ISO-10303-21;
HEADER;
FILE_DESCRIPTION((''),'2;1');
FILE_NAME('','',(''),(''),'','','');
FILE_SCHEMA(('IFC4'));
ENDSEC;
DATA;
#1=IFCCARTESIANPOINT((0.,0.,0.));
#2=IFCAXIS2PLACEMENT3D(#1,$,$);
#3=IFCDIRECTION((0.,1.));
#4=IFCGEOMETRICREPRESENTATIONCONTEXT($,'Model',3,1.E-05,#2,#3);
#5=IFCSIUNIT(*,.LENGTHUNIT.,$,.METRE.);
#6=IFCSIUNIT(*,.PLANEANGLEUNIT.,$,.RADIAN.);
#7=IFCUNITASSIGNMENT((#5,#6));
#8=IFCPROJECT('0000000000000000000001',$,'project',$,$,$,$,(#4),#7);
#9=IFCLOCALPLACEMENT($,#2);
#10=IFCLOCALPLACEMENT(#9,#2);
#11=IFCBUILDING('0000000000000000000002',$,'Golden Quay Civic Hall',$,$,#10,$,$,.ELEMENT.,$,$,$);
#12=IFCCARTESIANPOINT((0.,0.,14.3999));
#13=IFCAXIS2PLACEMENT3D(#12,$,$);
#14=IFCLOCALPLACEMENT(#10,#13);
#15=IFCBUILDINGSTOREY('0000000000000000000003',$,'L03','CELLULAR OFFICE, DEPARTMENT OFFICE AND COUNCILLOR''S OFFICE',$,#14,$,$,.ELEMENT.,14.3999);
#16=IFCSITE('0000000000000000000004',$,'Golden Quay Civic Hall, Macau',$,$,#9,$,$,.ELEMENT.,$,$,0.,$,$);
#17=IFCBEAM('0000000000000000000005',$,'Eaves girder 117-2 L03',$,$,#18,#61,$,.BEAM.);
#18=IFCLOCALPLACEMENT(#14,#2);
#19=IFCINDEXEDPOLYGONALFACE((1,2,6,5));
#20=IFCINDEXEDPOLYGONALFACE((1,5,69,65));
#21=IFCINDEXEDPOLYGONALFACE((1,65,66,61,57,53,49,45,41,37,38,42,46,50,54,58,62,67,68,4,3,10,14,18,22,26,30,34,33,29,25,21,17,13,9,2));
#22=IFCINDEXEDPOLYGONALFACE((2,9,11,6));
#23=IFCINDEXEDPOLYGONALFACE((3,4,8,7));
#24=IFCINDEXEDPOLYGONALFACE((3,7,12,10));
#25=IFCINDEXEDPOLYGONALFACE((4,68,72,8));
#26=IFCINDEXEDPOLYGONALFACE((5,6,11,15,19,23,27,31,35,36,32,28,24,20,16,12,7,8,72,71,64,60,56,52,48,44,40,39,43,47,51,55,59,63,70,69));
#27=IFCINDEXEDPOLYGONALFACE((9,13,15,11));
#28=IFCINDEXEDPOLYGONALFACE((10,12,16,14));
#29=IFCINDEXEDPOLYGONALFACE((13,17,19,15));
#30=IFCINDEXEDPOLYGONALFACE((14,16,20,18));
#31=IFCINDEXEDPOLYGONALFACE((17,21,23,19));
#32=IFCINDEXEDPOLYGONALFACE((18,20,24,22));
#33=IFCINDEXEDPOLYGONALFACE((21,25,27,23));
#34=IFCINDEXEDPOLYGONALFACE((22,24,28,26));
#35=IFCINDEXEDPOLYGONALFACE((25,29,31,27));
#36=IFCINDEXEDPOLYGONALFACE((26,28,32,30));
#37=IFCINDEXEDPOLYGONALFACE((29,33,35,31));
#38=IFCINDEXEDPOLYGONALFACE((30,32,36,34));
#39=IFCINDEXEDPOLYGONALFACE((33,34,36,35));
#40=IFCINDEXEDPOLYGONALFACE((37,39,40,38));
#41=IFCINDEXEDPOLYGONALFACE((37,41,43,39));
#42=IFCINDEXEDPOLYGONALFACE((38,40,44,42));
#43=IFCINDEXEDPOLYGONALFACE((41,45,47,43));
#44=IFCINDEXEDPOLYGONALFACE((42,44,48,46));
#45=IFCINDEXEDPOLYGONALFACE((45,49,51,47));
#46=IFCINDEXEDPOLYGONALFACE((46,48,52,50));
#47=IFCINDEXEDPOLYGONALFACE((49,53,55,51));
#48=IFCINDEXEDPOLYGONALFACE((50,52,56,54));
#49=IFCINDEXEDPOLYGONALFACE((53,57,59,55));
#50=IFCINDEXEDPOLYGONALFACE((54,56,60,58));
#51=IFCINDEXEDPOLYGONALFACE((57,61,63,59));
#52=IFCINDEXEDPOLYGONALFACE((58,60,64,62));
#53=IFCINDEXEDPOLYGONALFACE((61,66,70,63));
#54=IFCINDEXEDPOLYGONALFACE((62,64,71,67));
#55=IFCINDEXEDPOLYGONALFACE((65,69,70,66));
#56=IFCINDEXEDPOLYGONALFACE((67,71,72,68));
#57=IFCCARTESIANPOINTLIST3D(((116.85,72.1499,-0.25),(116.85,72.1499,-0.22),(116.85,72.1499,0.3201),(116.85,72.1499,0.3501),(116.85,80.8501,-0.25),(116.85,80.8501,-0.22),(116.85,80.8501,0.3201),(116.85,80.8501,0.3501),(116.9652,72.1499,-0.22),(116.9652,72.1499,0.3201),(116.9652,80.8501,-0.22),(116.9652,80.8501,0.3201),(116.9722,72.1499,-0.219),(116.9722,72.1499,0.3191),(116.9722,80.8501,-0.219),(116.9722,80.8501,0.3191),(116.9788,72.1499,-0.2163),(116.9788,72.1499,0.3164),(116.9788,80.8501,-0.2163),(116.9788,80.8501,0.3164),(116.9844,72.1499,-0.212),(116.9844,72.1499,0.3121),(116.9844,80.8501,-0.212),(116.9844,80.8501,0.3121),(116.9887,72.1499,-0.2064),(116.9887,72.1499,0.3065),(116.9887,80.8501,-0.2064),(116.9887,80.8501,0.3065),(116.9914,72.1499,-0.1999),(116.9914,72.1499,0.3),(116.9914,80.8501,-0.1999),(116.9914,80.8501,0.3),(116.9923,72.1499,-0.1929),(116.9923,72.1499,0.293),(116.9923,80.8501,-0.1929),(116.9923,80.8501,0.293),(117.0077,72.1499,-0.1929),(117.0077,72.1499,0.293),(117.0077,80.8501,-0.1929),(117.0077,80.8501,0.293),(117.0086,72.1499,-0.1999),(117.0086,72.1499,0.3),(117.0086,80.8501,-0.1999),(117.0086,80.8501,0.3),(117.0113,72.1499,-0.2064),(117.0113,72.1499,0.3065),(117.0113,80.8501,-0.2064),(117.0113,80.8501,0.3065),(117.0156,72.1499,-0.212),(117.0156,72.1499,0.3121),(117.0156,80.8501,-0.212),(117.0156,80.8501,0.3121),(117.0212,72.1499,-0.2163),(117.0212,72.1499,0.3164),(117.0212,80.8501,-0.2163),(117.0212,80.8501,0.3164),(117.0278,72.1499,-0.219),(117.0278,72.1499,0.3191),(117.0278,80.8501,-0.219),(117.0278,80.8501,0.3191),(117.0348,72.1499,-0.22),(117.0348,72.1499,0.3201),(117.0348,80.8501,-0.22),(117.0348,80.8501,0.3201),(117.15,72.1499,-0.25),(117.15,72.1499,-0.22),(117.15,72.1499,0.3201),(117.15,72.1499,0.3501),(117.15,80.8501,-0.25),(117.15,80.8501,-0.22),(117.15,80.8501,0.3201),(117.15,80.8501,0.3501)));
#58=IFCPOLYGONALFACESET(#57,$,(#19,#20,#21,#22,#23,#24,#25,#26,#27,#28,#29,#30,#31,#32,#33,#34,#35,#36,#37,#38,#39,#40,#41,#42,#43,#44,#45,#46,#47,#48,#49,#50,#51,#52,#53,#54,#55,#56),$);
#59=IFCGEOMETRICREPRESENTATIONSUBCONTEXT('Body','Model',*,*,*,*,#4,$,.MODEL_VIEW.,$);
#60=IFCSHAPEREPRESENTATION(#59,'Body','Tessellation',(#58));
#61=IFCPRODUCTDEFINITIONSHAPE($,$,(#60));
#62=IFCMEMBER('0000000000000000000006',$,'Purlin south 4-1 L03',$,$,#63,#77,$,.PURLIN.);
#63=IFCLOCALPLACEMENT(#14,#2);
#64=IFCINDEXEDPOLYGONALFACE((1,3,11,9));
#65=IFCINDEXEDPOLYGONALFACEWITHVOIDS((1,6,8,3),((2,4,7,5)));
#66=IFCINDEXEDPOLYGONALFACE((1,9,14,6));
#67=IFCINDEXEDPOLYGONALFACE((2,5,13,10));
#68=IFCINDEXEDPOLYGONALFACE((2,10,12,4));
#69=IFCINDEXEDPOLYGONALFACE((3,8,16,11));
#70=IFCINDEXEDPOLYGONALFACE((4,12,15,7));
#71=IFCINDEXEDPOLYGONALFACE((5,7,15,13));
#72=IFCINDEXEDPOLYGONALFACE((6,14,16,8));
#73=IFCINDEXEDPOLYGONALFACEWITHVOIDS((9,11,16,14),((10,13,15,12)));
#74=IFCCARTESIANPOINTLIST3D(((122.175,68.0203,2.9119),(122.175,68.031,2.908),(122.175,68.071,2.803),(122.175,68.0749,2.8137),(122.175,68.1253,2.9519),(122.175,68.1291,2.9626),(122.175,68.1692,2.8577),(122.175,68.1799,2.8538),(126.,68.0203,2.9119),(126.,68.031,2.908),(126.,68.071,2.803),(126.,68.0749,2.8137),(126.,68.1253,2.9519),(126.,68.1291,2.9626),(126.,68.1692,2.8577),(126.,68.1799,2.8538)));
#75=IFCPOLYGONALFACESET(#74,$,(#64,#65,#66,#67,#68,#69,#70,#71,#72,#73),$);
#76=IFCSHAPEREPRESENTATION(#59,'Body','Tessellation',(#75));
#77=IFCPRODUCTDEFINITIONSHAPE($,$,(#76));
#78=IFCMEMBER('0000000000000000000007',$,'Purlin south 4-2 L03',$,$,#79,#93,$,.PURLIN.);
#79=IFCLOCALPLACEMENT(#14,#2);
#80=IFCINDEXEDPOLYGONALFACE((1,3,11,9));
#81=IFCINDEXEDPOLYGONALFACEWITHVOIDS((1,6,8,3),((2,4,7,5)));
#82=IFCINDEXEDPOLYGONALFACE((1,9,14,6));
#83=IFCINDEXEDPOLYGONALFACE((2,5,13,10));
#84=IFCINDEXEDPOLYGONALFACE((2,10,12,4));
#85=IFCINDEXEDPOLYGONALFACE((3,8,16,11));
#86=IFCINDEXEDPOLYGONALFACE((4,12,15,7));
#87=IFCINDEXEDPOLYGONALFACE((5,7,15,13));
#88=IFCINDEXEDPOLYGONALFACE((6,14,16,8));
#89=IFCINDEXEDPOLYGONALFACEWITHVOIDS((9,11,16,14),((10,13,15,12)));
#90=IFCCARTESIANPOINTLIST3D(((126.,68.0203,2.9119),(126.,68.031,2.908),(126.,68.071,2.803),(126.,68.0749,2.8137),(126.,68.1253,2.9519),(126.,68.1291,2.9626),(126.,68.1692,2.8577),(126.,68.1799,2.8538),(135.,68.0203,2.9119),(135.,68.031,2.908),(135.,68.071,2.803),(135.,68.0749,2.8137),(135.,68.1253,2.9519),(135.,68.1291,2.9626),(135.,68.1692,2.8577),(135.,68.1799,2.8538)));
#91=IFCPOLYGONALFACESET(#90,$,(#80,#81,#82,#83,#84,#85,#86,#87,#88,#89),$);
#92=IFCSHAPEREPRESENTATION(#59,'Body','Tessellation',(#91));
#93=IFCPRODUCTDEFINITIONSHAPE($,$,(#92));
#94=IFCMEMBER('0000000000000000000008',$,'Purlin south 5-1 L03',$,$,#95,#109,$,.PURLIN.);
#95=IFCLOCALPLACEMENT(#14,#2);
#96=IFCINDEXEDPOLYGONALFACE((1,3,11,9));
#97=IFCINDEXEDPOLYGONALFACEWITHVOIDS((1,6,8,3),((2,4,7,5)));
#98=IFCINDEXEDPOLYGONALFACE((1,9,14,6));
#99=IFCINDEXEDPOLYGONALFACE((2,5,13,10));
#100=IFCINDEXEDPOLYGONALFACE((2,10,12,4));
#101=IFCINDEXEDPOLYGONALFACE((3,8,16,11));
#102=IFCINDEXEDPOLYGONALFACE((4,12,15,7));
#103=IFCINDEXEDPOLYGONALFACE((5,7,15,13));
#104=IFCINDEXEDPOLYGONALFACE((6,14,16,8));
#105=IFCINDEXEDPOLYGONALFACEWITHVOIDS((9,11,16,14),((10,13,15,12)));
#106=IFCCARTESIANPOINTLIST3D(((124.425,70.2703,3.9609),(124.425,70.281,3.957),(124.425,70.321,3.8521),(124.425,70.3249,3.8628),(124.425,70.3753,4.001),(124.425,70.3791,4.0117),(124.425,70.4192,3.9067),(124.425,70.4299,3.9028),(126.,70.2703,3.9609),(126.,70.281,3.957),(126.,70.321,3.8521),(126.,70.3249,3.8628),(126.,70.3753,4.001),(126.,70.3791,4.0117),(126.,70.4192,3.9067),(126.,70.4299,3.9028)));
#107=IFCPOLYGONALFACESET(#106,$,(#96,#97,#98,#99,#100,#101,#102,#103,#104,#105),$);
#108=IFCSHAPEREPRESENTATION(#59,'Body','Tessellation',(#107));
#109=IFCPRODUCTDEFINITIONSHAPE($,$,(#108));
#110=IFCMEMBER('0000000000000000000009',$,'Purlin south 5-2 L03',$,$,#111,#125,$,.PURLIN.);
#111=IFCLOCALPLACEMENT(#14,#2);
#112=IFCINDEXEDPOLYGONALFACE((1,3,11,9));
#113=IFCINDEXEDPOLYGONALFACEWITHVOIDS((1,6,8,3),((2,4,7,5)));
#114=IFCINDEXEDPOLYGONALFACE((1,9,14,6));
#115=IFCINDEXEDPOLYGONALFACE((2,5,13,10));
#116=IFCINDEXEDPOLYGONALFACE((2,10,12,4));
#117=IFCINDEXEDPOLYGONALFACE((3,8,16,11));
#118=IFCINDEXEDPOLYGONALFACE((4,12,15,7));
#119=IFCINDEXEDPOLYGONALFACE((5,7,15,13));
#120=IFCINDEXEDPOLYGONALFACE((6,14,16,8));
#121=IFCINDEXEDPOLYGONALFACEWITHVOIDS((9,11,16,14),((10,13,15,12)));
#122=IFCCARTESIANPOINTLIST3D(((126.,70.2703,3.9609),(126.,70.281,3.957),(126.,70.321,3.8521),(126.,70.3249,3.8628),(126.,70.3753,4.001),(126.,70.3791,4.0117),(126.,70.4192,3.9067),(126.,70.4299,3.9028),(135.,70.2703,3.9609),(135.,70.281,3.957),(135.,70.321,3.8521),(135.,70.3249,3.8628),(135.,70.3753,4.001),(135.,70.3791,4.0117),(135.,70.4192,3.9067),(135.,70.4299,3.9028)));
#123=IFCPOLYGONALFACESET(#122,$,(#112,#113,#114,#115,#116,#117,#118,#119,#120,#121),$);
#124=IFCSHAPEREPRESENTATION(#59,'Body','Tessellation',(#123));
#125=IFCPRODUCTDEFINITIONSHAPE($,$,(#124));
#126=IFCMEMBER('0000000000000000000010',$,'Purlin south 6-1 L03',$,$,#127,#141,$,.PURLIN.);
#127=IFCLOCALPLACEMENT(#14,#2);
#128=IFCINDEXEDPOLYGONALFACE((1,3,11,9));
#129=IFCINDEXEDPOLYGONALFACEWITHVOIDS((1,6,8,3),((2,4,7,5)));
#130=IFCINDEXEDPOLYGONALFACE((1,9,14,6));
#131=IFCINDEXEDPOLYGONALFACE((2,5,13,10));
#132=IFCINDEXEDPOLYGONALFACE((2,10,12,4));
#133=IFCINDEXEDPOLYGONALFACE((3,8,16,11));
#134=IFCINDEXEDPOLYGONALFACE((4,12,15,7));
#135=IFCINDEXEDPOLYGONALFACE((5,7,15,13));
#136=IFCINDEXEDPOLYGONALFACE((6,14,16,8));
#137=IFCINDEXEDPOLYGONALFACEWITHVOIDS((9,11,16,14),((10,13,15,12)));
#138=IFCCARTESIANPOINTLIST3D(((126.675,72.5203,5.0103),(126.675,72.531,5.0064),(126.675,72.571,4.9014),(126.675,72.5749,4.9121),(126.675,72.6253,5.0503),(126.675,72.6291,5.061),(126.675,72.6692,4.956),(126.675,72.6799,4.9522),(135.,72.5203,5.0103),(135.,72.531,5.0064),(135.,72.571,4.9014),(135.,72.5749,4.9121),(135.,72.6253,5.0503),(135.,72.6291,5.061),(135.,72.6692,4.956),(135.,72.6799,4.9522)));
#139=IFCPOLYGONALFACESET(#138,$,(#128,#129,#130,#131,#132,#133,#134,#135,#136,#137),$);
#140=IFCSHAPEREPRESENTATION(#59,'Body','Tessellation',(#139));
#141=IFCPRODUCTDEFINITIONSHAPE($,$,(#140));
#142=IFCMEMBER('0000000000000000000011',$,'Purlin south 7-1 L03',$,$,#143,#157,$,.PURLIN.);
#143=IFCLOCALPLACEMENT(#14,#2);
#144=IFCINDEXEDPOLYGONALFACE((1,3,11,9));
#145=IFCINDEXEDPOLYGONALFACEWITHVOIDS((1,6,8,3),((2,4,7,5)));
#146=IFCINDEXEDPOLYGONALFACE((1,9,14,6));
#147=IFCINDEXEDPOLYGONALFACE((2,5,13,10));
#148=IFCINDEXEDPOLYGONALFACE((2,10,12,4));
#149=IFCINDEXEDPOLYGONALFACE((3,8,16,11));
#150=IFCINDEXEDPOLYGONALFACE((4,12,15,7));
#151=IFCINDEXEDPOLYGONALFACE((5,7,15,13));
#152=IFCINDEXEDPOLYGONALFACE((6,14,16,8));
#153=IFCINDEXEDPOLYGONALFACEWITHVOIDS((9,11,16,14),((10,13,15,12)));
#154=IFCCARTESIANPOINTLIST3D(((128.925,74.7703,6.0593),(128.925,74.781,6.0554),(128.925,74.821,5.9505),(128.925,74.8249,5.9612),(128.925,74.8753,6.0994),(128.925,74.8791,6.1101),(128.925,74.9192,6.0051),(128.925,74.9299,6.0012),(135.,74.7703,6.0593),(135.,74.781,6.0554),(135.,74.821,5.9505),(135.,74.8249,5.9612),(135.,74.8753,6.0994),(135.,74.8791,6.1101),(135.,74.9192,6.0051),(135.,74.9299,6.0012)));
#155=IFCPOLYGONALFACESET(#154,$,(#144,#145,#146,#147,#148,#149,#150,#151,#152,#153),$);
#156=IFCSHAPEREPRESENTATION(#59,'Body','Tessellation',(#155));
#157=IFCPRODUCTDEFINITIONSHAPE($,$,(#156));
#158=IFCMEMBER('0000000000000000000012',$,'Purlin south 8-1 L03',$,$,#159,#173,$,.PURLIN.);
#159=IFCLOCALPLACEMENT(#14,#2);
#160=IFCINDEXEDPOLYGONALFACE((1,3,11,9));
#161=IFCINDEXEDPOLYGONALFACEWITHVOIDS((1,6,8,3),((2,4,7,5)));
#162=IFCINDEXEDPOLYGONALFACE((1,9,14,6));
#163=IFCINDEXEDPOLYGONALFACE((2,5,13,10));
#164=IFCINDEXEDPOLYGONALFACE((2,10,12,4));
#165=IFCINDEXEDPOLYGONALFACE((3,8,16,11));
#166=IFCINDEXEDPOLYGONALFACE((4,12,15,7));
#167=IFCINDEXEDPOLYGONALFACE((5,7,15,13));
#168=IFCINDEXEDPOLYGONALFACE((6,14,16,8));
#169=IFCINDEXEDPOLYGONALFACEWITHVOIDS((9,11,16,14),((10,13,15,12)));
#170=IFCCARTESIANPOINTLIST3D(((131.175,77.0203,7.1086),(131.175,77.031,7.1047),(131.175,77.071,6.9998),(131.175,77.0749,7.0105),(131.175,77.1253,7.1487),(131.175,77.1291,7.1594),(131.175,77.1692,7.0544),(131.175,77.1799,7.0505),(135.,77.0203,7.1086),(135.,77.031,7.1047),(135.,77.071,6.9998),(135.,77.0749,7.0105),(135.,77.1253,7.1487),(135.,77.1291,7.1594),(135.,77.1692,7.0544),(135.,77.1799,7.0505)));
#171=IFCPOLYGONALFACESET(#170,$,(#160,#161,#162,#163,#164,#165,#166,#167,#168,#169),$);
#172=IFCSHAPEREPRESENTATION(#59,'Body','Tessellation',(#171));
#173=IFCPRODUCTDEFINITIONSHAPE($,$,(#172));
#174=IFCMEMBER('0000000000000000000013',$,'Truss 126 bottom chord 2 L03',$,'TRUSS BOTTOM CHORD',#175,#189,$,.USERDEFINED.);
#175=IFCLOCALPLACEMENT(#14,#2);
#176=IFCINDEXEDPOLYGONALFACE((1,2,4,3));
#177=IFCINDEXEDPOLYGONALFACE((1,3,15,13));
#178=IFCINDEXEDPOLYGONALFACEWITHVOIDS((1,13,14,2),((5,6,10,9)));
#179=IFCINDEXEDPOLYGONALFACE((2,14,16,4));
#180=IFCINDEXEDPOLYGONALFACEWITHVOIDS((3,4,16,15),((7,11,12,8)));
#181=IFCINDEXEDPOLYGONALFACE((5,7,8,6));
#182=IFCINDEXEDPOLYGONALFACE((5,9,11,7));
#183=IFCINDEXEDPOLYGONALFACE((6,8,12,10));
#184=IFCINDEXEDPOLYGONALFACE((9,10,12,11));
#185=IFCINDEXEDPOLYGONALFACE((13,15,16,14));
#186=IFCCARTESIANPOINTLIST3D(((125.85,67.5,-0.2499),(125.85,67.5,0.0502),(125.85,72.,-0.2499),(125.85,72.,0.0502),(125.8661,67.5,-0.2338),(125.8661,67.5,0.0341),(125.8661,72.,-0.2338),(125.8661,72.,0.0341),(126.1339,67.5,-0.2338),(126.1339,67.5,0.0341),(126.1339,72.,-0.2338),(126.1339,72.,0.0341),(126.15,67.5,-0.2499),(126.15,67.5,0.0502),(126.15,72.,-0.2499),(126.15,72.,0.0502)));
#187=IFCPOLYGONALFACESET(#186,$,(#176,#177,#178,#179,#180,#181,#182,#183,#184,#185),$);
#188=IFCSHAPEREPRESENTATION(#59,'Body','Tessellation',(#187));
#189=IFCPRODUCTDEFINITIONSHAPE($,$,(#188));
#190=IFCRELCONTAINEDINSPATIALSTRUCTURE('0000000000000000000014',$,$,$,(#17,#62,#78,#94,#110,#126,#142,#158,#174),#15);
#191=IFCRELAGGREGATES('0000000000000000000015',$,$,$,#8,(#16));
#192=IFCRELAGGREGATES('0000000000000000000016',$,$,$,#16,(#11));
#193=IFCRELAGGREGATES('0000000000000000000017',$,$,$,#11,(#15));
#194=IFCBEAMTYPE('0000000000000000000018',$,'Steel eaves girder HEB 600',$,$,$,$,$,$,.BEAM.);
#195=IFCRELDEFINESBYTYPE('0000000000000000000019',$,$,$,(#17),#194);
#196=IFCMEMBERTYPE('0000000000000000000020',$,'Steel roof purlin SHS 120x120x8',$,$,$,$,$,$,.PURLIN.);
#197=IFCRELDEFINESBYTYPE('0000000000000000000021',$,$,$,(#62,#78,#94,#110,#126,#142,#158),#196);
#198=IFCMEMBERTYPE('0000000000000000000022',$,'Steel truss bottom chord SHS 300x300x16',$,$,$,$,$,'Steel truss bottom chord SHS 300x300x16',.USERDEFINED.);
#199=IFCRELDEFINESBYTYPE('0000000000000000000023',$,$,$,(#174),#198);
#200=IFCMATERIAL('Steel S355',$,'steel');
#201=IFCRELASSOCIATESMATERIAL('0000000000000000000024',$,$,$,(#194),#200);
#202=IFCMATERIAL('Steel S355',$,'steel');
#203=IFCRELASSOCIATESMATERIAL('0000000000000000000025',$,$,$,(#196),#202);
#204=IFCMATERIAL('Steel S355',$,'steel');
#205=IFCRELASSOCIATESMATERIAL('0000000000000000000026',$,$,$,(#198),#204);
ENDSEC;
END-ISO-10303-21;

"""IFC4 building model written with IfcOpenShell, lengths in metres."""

from ifc_helpers import new_model, si_unit, direction, frame, origin, origin_2d, place, context, subcontext, project, spatial, hollow_rectangle, i_section, extrude, material, material_profile, profile_set, type_object, element, save


model = new_model("IFC4")

# Units and contexts
model_context = context("Model", 3, precision=1e-05, world=origin(), true_north=direction((0.0, 1.0)))
body_context = subcontext(model_context, "Body", "Model", "MODEL_VIEW")
ifc_project = project(units=[si_unit("LENGTHUNIT", "METRE"), si_unit("PLANEANGLEUNIT", "RADIAN")], contexts=[model_context])

# Site, building, storey
site_placement = place(None, origin())
site = spatial("IfcSite", under=ifc_project, at=site_placement, Name="Golden Quay Civic Hall, Macau", CompositionType="ELEMENT", RefElevation=0.0)
building_placement = place(site_placement, origin())
building = spatial("IfcBuilding", under=site, at=building_placement, Name="Golden Quay Civic Hall", CompositionType="ELEMENT")
storey_placement = place(building_placement, frame((0.0, 0.0, 14.3999)))
storey = spatial("IfcBuildingStorey", under=building, at=storey_placement, Name="L03", Description="CELLULAR OFFICE, DEPARTMENT OFFICE AND COUNCILLOR'S OFFICE", CompositionType="ELEMENT", Elevation=14.3999)

# Beam
ifc_material_1 = material(Name="Steel S355", Category="steel")
ifc_material_profile_1 = material_profile(ifc_material_1, i_section(OverallWidth=0.3, OverallDepth=0.6001, WebThickness=0.0154, FlangeThickness=0.03, FilletRadius=0.0271, at=origin_2d()), Name="HEB 600")
ifc_profile_set_1 = profile_set([ifc_material_profile_1], Name="Steel S355")
beam_type = type_object("IfcBeamType", Name="Steel eaves girder HEB 600", PredefinedType="BEAM", material=ifc_profile_set_1)
beam_placement = place(storey_placement, frame((117.0, 72.1499, 0.05), z_axis=(0.0, 1.0, 0.0), x_axis=(-1.0, 0.0, 0.0)))
element("IfcBeam", 1, at=beam_placement, inside=storey, type_object=beam_type, Name="Eaves girder 117-2 L03", PredefinedType="BEAM", context=body_context, shape_type="SweptSolid", body=[
    extrude(i_section(OverallWidth=0.3, OverallDepth=0.6001, WebThickness=0.0154, FlangeThickness=0.03, FilletRadius=0.0271, at=origin_2d()), origin(), (0.0, 0.0, 1.0), 8.7002),
])

# Members
ifc_material_2 = material(Name="Steel S355", Category="steel")
ifc_material_profile_2 = material_profile(ifc_material_2, hollow_rectangle(XDim=0.1201, YDim=0.1201, WallThickness=0.0081, at=origin_2d()), Name="SHS 120x120x8")
ifc_profile_set_2 = profile_set([ifc_material_profile_2], Name="Steel S355")
member_type_1 = type_object("IfcMemberType", Name="Steel roof purlin SHS 120x120x8", PredefinedType="PURLIN", material=ifc_profile_set_2)
member_1_placement = place(storey_placement, frame((122.175, 68.1001, 2.8828), z_axis=(1.0, 0.0, 0.0), x_axis=(0.0, 0.906308, 0.422618)))
element("IfcMember", 2, at=member_1_placement, inside=storey, type_object=member_type_1, Name="Purlin south 4-1 L03", PredefinedType="PURLIN", context=body_context, shape_type="SweptSolid", body=[
    extrude(hollow_rectangle(XDim=0.1201, YDim=0.1201, WallThickness=0.0081, at=origin_2d()), origin(), (0.0, 0.0, 1.0), 3.825),
])
member_2_placement = place(storey_placement, frame((126.0, 68.1001, 2.8828), z_axis=(1.0, 0.0, 0.0), x_axis=(0.0, 0.906308, 0.422618)))
element("IfcMember", 3, at=member_2_placement, inside=storey, type_object=member_type_1, Name="Purlin south 4-2 L03", PredefinedType="PURLIN", context=body_context, shape_type="SweptSolid", body=[
    extrude(hollow_rectangle(XDim=0.1201, YDim=0.1201, WallThickness=0.0081, at=origin_2d()), origin(), (0.0, 0.0, 1.0), 9.0),
])
member_3_placement = place(storey_placement, frame((124.425, 70.3501, 3.9319), z_axis=(1.0, 0.0, 0.0), x_axis=(0.0, 0.906308, 0.422618)))
element("IfcMember", 4, at=member_3_placement, inside=storey, type_object=member_type_1, Name="Purlin south 5-1 L03", PredefinedType="PURLIN", context=body_context, shape_type="SweptSolid", body=[
    extrude(hollow_rectangle(XDim=0.1201, YDim=0.1201, WallThickness=0.0081, at=origin_2d()), origin(), (0.0, 0.0, 1.0), 1.575),
])
member_4_placement = place(storey_placement, frame((126.0, 70.3501, 3.9319), z_axis=(1.0, 0.0, 0.0), x_axis=(0.0, 0.906308, 0.422618)))
element("IfcMember", 5, at=member_4_placement, inside=storey, type_object=member_type_1, Name="Purlin south 5-2 L03", PredefinedType="PURLIN", context=body_context, shape_type="SweptSolid", body=[
    extrude(hollow_rectangle(XDim=0.1201, YDim=0.1201, WallThickness=0.0081, at=origin_2d()), origin(), (0.0, 0.0, 1.0), 9.0),
])
member_5_placement = place(storey_placement, frame((126.675, 72.6001, 4.9812), z_axis=(1.0, 0.0, 0.0), x_axis=(0.0, 0.906308, 0.422618)))
element("IfcMember", 6, at=member_5_placement, inside=storey, type_object=member_type_1, Name="Purlin south 6-1 L03", PredefinedType="PURLIN", context=body_context, shape_type="SweptSolid", body=[
    extrude(hollow_rectangle(XDim=0.1201, YDim=0.1201, WallThickness=0.0081, at=origin_2d()), origin(), (0.0, 0.0, 1.0), 8.325),
])
member_6_placement = place(storey_placement, frame((128.925, 74.8501, 6.0303), z_axis=(1.0, 0.0, 0.0), x_axis=(0.0, 0.906308, 0.422618)))
element("IfcMember", 7, at=member_6_placement, inside=storey, type_object=member_type_1, Name="Purlin south 7-1 L03", PredefinedType="PURLIN", context=body_context, shape_type="SweptSolid", body=[
    extrude(hollow_rectangle(XDim=0.1201, YDim=0.1201, WallThickness=0.0081, at=origin_2d()), origin(), (0.0, 0.0, 1.0), 6.075),
])
member_7_placement = place(storey_placement, frame((131.175, 77.1001, 7.0796), z_axis=(1.0, 0.0, 0.0), x_axis=(0.0, 0.906308, 0.422618)))
element("IfcMember", 8, at=member_7_placement, inside=storey, type_object=member_type_1, Name="Purlin south 8-1 L03", PredefinedType="PURLIN", context=body_context, shape_type="SweptSolid", body=[
    extrude(hollow_rectangle(XDim=0.1201, YDim=0.1201, WallThickness=0.0081, at=origin_2d()), origin(), (0.0, 0.0, 1.0), 3.825),
])
ifc_material_3 = material(Name="Steel S355", Category="steel")
ifc_material_profile_3 = material_profile(ifc_material_3, hollow_rectangle(XDim=0.3, YDim=0.3, WallThickness=0.0161, at=origin_2d()), Name="SHS 300x300x16")
ifc_profile_set_3 = profile_set([ifc_material_profile_3], Name="Steel S355")
member_type_2 = type_object("IfcMemberType", Name="Steel truss bottom chord SHS 300x300x16", ElementType="Steel truss bottom chord SHS 300x300x16", PredefinedType="USERDEFINED", material=ifc_profile_set_3)
for number, where, z_axis, x_axis, name in (
    (9, (126.0, 67.5, -0.0999), (0.0, 1.0, 0.0), (-1.0, 0.0, 0.0), "Truss 126 bottom chord 2 L03"),
):
    element("IfcMember", number, at=place(storey_placement, frame(where, z_axis=z_axis, x_axis=x_axis)), inside=storey, type_object=member_type_2, Name=name, ObjectType="TRUSS BOTTOM CHORD", PredefinedType="USERDEFINED", context=body_context, shape_type="SweptSolid", body=[
        extrude(hollow_rectangle(XDim=0.3, YDim=0.3, WallThickness=0.0161, at=origin_2d()), origin(), (0.0, 0.0, 1.0), 4.5),
    ])

save(model, "model.ifc")
